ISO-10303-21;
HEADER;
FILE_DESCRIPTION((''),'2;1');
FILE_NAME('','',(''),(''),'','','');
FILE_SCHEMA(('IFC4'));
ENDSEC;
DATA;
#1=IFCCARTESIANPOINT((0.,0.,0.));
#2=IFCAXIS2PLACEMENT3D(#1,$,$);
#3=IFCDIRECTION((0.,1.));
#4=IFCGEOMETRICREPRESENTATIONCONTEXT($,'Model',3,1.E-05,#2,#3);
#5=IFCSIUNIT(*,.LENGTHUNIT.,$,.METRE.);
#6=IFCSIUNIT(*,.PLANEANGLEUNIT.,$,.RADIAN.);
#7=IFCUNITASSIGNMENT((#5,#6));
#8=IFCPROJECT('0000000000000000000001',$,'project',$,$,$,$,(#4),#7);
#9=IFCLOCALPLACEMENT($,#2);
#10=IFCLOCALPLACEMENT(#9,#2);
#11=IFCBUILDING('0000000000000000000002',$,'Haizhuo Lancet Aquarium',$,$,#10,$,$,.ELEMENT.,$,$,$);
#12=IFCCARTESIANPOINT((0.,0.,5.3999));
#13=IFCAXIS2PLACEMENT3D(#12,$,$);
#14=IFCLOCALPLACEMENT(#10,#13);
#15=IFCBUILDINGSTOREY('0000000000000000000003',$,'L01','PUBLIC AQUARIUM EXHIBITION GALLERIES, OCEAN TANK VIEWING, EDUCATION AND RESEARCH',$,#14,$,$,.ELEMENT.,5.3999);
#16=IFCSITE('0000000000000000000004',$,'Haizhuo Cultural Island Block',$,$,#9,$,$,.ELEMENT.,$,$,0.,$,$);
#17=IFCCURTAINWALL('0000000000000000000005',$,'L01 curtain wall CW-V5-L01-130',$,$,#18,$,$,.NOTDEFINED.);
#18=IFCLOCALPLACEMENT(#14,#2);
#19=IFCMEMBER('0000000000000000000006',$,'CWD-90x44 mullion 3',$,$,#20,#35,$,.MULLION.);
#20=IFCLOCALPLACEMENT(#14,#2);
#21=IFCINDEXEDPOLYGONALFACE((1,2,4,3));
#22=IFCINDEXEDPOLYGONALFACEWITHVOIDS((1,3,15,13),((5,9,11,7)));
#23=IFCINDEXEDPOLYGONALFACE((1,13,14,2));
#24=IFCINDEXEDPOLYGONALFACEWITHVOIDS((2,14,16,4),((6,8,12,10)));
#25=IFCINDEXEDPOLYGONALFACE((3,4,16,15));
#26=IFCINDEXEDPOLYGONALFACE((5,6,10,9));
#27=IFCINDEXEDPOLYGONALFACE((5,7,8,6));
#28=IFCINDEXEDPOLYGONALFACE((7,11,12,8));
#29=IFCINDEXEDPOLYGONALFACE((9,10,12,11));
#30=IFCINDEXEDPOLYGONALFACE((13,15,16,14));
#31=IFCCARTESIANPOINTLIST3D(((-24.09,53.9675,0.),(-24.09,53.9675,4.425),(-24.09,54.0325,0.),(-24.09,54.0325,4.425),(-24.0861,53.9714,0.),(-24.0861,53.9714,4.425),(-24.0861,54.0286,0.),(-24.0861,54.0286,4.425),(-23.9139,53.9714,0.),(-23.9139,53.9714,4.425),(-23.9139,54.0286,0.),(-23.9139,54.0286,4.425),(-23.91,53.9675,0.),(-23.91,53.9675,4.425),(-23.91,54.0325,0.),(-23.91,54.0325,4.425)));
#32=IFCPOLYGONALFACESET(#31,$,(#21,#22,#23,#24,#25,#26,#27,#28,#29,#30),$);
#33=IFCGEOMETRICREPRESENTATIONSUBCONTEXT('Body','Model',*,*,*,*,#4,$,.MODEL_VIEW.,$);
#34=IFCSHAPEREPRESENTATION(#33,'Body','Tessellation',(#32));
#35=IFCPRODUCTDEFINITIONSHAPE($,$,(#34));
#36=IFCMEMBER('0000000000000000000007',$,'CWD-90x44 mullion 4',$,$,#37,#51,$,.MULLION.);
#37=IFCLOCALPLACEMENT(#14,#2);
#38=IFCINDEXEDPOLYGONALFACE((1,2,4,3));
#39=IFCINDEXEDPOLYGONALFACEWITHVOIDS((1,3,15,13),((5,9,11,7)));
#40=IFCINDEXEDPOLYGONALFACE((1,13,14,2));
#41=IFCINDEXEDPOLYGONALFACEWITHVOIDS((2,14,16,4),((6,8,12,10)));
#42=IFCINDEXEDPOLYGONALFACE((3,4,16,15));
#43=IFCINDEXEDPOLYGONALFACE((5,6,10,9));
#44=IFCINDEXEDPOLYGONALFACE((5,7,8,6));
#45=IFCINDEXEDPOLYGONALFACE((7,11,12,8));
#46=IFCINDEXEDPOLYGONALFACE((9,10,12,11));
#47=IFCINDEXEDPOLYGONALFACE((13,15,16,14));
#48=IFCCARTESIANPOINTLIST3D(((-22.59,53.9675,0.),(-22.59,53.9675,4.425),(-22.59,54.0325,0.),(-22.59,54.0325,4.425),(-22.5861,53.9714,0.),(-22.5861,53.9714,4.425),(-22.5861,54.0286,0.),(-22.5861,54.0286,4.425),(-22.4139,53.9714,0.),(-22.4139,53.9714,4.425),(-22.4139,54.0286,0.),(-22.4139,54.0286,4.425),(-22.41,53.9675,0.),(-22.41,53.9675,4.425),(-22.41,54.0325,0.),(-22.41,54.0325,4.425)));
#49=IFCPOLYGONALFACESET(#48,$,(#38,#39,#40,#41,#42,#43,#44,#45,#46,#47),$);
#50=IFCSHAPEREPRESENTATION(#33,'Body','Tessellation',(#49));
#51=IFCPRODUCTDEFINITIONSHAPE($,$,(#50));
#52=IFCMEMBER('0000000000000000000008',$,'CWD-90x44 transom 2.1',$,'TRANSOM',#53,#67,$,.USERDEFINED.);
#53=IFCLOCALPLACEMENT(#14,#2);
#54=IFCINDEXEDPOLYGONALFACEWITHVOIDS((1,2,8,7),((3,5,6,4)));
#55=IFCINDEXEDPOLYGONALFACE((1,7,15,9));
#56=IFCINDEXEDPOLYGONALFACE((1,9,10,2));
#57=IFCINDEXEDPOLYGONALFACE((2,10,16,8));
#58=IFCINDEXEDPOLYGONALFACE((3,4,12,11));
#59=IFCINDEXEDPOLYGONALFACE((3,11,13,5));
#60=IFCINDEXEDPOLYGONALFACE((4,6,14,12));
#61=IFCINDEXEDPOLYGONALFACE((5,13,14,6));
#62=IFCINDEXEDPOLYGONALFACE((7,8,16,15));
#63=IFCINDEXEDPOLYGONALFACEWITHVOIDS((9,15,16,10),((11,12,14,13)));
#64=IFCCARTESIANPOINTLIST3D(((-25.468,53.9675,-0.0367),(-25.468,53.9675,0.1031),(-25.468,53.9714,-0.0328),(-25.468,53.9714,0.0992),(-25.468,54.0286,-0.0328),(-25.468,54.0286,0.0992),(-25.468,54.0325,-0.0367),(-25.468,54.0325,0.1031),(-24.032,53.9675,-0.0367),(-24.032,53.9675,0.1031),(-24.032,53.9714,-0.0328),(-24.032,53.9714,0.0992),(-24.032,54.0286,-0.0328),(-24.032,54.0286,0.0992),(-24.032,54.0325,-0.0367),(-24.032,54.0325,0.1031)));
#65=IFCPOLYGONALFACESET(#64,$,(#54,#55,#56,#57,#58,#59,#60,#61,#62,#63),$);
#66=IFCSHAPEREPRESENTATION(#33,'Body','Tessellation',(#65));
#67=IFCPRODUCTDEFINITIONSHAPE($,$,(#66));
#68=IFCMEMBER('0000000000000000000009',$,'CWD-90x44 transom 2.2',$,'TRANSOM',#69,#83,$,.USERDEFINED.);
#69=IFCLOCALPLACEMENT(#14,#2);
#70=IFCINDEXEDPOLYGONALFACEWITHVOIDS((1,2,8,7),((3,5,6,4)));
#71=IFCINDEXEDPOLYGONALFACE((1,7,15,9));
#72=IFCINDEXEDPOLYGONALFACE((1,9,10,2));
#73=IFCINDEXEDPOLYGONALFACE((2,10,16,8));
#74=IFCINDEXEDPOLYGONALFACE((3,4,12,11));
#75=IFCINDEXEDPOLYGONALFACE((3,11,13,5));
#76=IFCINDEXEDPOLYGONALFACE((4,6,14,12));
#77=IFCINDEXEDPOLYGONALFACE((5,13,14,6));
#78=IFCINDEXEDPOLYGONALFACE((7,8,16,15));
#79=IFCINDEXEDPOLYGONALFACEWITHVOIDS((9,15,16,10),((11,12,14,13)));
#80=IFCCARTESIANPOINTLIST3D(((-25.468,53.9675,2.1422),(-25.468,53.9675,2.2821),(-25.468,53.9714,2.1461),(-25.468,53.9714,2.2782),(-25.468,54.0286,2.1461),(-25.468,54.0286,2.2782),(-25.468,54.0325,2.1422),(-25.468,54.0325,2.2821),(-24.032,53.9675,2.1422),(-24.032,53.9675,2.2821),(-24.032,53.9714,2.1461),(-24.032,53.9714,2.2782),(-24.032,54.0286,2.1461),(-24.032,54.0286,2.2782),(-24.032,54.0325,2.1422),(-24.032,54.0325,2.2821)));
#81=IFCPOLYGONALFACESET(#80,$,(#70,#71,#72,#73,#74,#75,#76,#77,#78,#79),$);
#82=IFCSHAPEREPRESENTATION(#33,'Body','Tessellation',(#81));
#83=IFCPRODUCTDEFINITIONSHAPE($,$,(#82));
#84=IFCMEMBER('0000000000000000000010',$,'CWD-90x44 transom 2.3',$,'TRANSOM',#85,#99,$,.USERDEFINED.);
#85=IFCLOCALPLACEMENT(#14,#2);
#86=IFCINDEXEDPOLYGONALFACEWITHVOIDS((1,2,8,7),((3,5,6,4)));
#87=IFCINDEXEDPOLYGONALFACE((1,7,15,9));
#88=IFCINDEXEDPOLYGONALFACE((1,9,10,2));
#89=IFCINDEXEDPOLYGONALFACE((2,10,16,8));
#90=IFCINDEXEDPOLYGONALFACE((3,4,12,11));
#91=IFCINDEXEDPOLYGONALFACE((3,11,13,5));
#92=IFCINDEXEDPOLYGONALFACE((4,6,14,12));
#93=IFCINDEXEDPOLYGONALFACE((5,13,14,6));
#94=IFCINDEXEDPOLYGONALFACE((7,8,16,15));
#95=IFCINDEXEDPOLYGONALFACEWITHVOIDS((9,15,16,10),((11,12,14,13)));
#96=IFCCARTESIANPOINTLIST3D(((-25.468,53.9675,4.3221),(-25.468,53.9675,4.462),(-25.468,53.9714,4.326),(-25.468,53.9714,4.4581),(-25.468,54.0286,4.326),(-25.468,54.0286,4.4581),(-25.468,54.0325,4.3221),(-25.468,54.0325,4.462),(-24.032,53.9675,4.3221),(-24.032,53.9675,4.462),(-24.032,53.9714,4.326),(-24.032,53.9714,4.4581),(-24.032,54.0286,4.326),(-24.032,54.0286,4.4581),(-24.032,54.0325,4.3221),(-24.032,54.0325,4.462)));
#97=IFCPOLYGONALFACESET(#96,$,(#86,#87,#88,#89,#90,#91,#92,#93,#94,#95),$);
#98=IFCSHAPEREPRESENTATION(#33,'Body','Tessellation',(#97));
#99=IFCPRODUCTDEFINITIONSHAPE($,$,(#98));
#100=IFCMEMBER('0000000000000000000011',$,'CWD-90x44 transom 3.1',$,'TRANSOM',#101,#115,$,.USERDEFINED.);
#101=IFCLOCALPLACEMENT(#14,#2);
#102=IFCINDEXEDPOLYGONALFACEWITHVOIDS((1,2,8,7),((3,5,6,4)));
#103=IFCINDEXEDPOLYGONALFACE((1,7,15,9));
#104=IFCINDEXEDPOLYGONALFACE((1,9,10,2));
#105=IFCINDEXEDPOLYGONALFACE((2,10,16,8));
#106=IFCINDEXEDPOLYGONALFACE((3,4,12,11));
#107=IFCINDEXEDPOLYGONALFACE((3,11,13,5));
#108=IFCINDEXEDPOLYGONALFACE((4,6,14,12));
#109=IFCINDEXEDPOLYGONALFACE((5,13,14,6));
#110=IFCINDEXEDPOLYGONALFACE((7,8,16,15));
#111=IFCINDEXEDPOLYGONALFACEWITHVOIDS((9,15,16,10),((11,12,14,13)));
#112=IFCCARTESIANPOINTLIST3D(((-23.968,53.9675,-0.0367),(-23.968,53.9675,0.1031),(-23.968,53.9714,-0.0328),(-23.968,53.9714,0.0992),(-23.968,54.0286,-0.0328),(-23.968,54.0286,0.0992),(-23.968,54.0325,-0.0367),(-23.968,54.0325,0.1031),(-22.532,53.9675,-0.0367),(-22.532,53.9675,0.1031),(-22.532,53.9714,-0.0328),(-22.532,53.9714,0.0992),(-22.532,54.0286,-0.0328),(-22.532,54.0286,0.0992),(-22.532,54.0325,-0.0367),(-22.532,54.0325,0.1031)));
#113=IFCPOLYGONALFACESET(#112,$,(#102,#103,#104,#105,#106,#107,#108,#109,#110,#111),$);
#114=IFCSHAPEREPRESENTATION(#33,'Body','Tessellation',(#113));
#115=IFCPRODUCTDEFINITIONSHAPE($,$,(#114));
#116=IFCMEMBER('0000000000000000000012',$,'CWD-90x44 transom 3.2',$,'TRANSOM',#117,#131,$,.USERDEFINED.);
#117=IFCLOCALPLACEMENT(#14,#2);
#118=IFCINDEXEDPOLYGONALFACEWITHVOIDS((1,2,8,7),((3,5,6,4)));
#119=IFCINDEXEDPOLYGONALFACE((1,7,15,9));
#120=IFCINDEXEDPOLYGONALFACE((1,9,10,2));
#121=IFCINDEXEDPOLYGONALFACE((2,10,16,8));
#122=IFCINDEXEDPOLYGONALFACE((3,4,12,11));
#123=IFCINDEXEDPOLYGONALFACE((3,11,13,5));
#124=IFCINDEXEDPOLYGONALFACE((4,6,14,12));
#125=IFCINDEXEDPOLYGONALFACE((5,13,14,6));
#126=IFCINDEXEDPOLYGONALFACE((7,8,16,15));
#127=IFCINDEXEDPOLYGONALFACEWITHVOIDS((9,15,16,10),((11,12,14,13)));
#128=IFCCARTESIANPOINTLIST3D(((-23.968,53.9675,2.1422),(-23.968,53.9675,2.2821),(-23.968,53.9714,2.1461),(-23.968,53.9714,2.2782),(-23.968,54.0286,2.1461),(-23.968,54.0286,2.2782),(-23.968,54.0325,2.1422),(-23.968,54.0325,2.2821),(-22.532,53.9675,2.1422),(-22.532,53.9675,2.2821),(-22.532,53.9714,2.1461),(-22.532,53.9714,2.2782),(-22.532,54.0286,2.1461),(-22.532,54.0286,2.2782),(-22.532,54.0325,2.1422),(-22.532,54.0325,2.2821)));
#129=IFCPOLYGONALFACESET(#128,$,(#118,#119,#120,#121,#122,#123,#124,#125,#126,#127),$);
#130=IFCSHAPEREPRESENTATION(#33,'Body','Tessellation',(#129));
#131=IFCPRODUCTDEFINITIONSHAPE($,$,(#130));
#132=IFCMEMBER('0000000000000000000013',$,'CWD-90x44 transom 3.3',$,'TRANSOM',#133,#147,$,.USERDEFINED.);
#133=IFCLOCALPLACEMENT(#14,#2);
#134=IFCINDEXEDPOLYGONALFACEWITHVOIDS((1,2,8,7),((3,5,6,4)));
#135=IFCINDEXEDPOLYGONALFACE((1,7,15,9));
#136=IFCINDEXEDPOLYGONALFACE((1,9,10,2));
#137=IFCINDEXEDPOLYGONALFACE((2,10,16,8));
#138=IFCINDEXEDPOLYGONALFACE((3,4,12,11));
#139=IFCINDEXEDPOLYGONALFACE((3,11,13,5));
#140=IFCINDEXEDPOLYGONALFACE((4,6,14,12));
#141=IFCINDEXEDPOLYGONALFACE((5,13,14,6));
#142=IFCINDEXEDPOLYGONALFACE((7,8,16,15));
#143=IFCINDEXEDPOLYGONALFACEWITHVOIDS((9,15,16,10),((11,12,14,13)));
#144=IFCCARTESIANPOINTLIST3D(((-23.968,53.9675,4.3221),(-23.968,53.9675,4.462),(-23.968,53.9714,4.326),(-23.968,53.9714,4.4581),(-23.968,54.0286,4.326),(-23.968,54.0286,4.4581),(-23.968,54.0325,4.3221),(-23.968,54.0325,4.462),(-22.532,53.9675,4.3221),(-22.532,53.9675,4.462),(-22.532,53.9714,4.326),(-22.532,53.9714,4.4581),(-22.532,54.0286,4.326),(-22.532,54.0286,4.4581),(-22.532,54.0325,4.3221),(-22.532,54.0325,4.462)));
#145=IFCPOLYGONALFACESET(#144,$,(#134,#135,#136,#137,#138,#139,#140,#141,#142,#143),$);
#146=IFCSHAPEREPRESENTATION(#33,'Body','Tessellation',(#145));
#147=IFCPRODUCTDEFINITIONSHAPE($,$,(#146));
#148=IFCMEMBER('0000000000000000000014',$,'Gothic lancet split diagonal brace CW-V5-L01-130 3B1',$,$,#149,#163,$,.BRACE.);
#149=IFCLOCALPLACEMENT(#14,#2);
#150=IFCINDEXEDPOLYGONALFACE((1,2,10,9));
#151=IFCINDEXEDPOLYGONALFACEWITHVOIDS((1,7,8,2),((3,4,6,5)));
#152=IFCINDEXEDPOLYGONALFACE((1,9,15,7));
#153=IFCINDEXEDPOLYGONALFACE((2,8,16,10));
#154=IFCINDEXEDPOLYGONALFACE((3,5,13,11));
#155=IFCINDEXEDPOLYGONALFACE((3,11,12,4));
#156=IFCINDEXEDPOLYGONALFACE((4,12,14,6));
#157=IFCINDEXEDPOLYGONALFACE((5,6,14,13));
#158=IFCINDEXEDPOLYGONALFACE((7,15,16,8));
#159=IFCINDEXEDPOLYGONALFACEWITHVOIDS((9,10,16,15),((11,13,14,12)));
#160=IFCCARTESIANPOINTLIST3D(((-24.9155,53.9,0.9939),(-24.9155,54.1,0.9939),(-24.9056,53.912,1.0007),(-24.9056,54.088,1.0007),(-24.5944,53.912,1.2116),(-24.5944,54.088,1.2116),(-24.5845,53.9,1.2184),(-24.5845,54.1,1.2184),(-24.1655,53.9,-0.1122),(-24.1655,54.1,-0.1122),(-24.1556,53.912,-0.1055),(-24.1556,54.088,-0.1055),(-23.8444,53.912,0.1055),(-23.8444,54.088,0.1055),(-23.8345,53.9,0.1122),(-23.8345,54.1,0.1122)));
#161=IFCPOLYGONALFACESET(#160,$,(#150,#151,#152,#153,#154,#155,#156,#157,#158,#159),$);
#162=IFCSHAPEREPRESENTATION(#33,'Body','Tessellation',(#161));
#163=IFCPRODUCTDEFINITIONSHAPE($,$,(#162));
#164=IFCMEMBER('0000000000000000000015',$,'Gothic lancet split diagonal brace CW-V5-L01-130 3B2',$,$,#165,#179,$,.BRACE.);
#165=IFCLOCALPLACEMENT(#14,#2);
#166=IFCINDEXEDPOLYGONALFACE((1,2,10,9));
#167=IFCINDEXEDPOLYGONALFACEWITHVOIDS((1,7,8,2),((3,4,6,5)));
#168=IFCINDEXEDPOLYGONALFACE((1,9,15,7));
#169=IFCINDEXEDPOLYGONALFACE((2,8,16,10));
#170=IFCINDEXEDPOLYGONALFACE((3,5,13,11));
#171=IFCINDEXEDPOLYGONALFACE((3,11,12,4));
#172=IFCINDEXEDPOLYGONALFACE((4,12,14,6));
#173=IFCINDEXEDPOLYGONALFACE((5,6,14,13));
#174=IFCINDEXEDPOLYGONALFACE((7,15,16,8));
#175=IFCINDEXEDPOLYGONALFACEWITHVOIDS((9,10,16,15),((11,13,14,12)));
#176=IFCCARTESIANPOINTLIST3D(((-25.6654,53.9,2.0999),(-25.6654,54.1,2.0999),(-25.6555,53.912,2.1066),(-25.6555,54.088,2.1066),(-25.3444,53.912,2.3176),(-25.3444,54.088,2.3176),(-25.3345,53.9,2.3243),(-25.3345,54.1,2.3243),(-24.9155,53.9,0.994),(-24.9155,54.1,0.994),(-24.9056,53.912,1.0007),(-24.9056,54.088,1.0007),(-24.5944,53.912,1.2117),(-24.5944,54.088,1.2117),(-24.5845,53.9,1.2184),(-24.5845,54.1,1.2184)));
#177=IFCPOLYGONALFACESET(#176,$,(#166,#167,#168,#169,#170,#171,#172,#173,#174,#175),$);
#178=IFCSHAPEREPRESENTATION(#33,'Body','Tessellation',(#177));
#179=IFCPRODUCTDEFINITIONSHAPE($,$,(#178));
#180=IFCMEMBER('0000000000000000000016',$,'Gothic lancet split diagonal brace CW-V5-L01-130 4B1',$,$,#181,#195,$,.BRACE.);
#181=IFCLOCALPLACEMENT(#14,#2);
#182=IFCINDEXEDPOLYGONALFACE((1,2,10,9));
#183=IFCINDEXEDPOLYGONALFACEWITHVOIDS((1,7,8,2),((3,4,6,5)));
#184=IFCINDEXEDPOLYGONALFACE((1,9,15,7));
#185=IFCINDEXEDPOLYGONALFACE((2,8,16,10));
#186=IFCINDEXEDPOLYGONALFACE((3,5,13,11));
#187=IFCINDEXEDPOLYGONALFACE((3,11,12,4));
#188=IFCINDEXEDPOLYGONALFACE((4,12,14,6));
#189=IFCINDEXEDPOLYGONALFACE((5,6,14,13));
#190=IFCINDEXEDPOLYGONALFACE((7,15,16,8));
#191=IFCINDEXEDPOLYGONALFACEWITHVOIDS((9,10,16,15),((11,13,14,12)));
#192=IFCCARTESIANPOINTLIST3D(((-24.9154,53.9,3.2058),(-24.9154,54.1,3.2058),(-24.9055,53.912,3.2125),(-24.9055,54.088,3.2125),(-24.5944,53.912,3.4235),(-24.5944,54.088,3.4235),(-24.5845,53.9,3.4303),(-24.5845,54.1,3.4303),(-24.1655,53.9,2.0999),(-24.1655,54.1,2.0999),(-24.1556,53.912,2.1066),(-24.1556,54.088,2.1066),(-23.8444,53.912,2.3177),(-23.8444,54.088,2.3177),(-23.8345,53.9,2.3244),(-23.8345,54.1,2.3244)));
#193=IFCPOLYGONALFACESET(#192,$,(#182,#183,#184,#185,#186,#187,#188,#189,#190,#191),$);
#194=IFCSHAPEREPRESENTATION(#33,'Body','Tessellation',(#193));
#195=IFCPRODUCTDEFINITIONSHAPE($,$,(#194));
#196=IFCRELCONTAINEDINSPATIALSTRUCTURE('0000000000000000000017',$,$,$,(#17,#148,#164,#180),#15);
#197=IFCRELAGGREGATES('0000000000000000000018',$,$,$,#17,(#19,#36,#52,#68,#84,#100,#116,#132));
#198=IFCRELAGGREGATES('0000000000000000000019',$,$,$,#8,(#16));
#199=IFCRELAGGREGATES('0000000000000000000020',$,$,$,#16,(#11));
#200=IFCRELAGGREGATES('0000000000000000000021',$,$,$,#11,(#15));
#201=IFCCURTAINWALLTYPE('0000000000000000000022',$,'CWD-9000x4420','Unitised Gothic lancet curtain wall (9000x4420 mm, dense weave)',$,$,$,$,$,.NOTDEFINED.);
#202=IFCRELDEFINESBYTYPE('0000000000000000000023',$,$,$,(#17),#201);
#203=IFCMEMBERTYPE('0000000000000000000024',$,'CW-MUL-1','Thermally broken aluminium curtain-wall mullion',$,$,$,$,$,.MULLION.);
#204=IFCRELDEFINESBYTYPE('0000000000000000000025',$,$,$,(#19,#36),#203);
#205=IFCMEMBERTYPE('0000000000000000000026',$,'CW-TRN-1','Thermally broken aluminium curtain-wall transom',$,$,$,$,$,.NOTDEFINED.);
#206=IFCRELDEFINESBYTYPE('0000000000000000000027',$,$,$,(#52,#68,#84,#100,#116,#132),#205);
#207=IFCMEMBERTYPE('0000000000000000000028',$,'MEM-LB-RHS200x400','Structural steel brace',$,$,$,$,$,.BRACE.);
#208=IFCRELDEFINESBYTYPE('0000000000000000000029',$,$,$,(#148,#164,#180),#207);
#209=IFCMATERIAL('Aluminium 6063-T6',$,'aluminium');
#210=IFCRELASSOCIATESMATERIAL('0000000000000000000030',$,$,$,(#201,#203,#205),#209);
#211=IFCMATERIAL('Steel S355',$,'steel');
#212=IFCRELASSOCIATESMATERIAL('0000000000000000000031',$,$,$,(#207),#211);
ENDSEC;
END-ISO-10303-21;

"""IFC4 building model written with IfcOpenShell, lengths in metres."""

from ifc_helpers import new_model, si_unit, direction, frame, origin, origin_2d, place, context, subcontext, project, spatial, hollow_rectangle, extrude, material, material_profile, profile_set, type_object, element, aggregate, save


model = new_model("IFC4")

# Units and contexts
model_context = context("Model", 3, precision=1e-05, world=origin(), true_north=direction((0.0, 1.0)))
body_context = subcontext(model_context, "Body", "Model", "MODEL_VIEW")
ifc_project = project(units=[si_unit("LENGTHUNIT", "METRE"), si_unit("PLANEANGLEUNIT", "RADIAN")], contexts=[model_context])

# Site, building, storey
site_placement = place(None, origin())
site = spatial("IfcSite", under=ifc_project, at=site_placement, Name="Haizhuo Cultural Island Block", CompositionType="ELEMENT", RefElevation=0.0)
building_placement = place(site_placement, origin())
building = spatial("IfcBuilding", under=site, at=building_placement, Name="Haizhuo Lancet Aquarium", CompositionType="ELEMENT")
storey_placement = place(building_placement, frame((0.0, 0.0, 5.3999)))
storey = spatial("IfcBuildingStorey", under=building, at=storey_placement, Name="L01", Description="PUBLIC AQUARIUM EXHIBITION GALLERIES, OCEAN TANK VIEWING, EDUCATION AND RESEARCH", CompositionType="ELEMENT", Elevation=5.3999)

# Curtain wall, members
ifc_material_1 = material(Name="Aluminium 6063-T6", Category="aluminium")
curtain_wall_type = type_object("IfcCurtainWallType", Name="CWD-9000x4420", Description="Unitised Gothic lancet curtain wall (9000x4420 mm, dense weave)", PredefinedType="NOTDEFINED", material=ifc_material_1)
curtain_wall_placement = place(storey_placement, origin())
curtain_wall = element("IfcCurtainWall", 1, at=curtain_wall_placement, inside=storey, type_object=curtain_wall_type, Name="L01 curtain wall CW-V5-L01-130", PredefinedType="NOTDEFINED")
ifc_material_profile_1 = material_profile(ifc_material_1, hollow_rectangle(XDim=0.0649, YDim=0.1799, WallThickness=0.0039, at=origin_2d()), Name="ALU-M 65x180x4")
ifc_profile_set_1 = profile_set([ifc_material_profile_1], Name="Aluminium 6063-T6")
member_type_1 = type_object("IfcMemberType", Name="CW-MUL-1", Description="Thermally broken aluminium curtain-wall mullion", PredefinedType="MULLION", material=ifc_profile_set_1)
member_1_placement = place(storey_placement, frame((-24.0, 54.0, 0.0), z_axis=(0.0, 0.0, 1.0), x_axis=(0.0, 1.0, 0.0)))
member_1 = element("IfcMember", 2, at=member_1_placement, type_object=member_type_1, Name="CWD-90x44 mullion 3", PredefinedType="MULLION", context=body_context, shape_type="SweptSolid", body=[
    extrude(hollow_rectangle(XDim=0.0649, YDim=0.1799, WallThickness=0.0039, at=origin_2d()), origin(), (0.0, 0.0, 1.0), 4.425),
])
member_2_placement = place(storey_placement, frame((-22.5, 54.0, 0.0), z_axis=(0.0, 0.0, 1.0), x_axis=(0.0, 1.0, 0.0)))
member_2 = element("IfcMember", 3, at=member_2_placement, type_object=member_type_1, Name="CWD-90x44 mullion 4", PredefinedType="MULLION", context=body_context, shape_type="SweptSolid", body=[
    extrude(hollow_rectangle(XDim=0.0649, YDim=0.1799, WallThickness=0.0039, at=origin_2d()), origin(), (0.0, 0.0, 1.0), 4.425),
])
ifc_material_profile_2 = material_profile(ifc_material_1, hollow_rectangle(XDim=0.0649, YDim=0.1399, WallThickness=0.0039, at=origin_2d()), Name="ALU-T 65x140x4")
ifc_profile_set_2 = profile_set([ifc_material_profile_2], Name="Aluminium 6063-T6")
member_type_2 = type_object("IfcMemberType", Name="CW-TRN-1", Description="Thermally broken aluminium curtain-wall transom", PredefinedType="NOTDEFINED", material=ifc_profile_set_2)
member_3_placement = place(storey_placement, frame((-25.468, 54.0, 0.0332), z_axis=(1.0, 0.0, 0.0), x_axis=(0.0, 1.0, 0.0)))
member_3 = element("IfcMember", 4, at=member_3_placement, type_object=member_type_2, Name="CWD-90x44 transom 2.1", ObjectType="TRANSOM", PredefinedType="USERDEFINED", context=body_context, shape_type="SweptSolid", body=[
    extrude(hollow_rectangle(XDim=0.0649, YDim=0.1399, WallThickness=0.0039, at=origin_2d()), origin(), (0.0, 0.0, 1.0), 1.436),
])
member_4_placement = place(storey_placement, frame((-25.468, 54.0, 2.2122), z_axis=(1.0, 0.0, 0.0), x_axis=(0.0, 1.0, 0.0)))
member_4 = element("IfcMember", 5, at=member_4_placement, type_object=member_type_2, Name="CWD-90x44 transom 2.2", ObjectType="TRANSOM", PredefinedType="USERDEFINED", context=body_context, shape_type="SweptSolid", body=[
    extrude(hollow_rectangle(XDim=0.0649, YDim=0.1399, WallThickness=0.0039, at=origin_2d()), origin(), (0.0, 0.0, 1.0), 1.436),
])
member_5_placement = place(storey_placement, frame((-25.468, 54.0, 4.3921), z_axis=(1.0, 0.0, 0.0), x_axis=(0.0, 1.0, 0.0)))
member_5 = element("IfcMember", 6, at=member_5_placement, type_object=member_type_2, Name="CWD-90x44 transom 2.3", ObjectType="TRANSOM", PredefinedType="USERDEFINED", context=body_context, shape_type="SweptSolid", body=[
    extrude(hollow_rectangle(XDim=0.0649, YDim=0.1399, WallThickness=0.0039, at=origin_2d()), origin(), (0.0, 0.0, 1.0), 1.436),
])
member_6_placement = place(storey_placement, frame((-23.968, 54.0, 0.0332), z_axis=(1.0, 0.0, 0.0), x_axis=(0.0, 1.0, 0.0)))
member_6 = element("IfcMember", 7, at=member_6_placement, type_object=member_type_2, Name="CWD-90x44 transom 3.1", ObjectType="TRANSOM", PredefinedType="USERDEFINED", context=body_context, shape_type="SweptSolid", body=[
    extrude(hollow_rectangle(XDim=0.0649, YDim=0.1399, WallThickness=0.0039, at=origin_2d()), origin(), (0.0, 0.0, 1.0), 1.436),
])
member_7_placement = place(storey_placement, frame((-23.968, 54.0, 2.2122), z_axis=(1.0, 0.0, 0.0), x_axis=(0.0, 1.0, 0.0)))
member_7 = element("IfcMember", 8, at=member_7_placement, type_object=member_type_2, Name="CWD-90x44 transom 3.2", ObjectType="TRANSOM", PredefinedType="USERDEFINED", context=body_context, shape_type="SweptSolid", body=[
    extrude(hollow_rectangle(XDim=0.0649, YDim=0.1399, WallThickness=0.0039, at=origin_2d()), origin(), (0.0, 0.0, 1.0), 1.436),
])
member_8_placement = place(storey_placement, frame((-23.968, 54.0, 4.3921), z_axis=(1.0, 0.0, 0.0), x_axis=(0.0, 1.0, 0.0)))
member_8 = element("IfcMember", 9, at=member_8_placement, type_object=member_type_2, Name="CWD-90x44 transom 3.3", ObjectType="TRANSOM", PredefinedType="USERDEFINED", context=body_context, shape_type="SweptSolid", body=[
    extrude(hollow_rectangle(XDim=0.0649, YDim=0.1399, WallThickness=0.0039, at=origin_2d()), origin(), (0.0, 0.0, 1.0), 1.436),
])

# Members
ifc_material_2 = material(Name="Steel S355", Category="steel")
ifc_material_profile_3 = material_profile(ifc_material_2, hollow_rectangle(XDim=0.2, YDim=0.3999, WallThickness=0.012, at=origin_2d()), Name="RHS 200x400x12")
ifc_profile_set_3 = profile_set([ifc_material_profile_3], Name="Steel S355")
member_type_3 = type_object("IfcMemberType", Name="MEM-LB-RHS200x400", Description="Structural steel brace", PredefinedType="BRACE", material=ifc_profile_set_3)
member_9_placement = place(storey_placement, frame((-24.0, 54.0, 0.0), z_axis=(-0.561175, 0.0, 0.827697), x_axis=(0.0, -1.0, 0.0)))
element("IfcMember", 10, at=member_9_placement, inside=storey, type_object=member_type_3, Name="Gothic lancet split diagonal brace CW-V5-L01-130 3B1", PredefinedType="BRACE", context=body_context, shape_type="SweptSolid", body=[
    extrude(hollow_rectangle(XDim=0.2, YDim=0.3999, WallThickness=0.012, at=origin_2d()), origin(), (0.0, 0.0, 1.0), 1.3364),
])
for number, where, z_axis, x_axis, name in (
    (11, (-24.75, 54.0, 1.1062), (-0.56126, 0.0, 0.827639), (0.0, -1.0, 0.0), "Gothic lancet split diagonal brace CW-V5-L01-130 3B2"),
    (12, (-24.0, 54.0, 2.2122), (-0.56126, 0.0, 0.827639), (0.0, -1.0, 0.0), "Gothic lancet split diagonal brace CW-V5-L01-130 4B1"),
):
    element("IfcMember", number, at=place(storey_placement, frame(where, z_axis=z_axis, x_axis=x_axis)), inside=storey, type_object=member_type_3, Name=name, PredefinedType="BRACE", context=body_context, shape_type="SweptSolid", body=[
        extrude(hollow_rectangle(XDim=0.2, YDim=0.3999, WallThickness=0.012, at=origin_2d()), origin(), (0.0, 0.0, 1.0), 1.3362),
    ])

aggregate(curtain_wall, [member_1, member_2, member_3, member_4, member_5, member_6, member_7, member_8])

save(model, "model.ifc")
